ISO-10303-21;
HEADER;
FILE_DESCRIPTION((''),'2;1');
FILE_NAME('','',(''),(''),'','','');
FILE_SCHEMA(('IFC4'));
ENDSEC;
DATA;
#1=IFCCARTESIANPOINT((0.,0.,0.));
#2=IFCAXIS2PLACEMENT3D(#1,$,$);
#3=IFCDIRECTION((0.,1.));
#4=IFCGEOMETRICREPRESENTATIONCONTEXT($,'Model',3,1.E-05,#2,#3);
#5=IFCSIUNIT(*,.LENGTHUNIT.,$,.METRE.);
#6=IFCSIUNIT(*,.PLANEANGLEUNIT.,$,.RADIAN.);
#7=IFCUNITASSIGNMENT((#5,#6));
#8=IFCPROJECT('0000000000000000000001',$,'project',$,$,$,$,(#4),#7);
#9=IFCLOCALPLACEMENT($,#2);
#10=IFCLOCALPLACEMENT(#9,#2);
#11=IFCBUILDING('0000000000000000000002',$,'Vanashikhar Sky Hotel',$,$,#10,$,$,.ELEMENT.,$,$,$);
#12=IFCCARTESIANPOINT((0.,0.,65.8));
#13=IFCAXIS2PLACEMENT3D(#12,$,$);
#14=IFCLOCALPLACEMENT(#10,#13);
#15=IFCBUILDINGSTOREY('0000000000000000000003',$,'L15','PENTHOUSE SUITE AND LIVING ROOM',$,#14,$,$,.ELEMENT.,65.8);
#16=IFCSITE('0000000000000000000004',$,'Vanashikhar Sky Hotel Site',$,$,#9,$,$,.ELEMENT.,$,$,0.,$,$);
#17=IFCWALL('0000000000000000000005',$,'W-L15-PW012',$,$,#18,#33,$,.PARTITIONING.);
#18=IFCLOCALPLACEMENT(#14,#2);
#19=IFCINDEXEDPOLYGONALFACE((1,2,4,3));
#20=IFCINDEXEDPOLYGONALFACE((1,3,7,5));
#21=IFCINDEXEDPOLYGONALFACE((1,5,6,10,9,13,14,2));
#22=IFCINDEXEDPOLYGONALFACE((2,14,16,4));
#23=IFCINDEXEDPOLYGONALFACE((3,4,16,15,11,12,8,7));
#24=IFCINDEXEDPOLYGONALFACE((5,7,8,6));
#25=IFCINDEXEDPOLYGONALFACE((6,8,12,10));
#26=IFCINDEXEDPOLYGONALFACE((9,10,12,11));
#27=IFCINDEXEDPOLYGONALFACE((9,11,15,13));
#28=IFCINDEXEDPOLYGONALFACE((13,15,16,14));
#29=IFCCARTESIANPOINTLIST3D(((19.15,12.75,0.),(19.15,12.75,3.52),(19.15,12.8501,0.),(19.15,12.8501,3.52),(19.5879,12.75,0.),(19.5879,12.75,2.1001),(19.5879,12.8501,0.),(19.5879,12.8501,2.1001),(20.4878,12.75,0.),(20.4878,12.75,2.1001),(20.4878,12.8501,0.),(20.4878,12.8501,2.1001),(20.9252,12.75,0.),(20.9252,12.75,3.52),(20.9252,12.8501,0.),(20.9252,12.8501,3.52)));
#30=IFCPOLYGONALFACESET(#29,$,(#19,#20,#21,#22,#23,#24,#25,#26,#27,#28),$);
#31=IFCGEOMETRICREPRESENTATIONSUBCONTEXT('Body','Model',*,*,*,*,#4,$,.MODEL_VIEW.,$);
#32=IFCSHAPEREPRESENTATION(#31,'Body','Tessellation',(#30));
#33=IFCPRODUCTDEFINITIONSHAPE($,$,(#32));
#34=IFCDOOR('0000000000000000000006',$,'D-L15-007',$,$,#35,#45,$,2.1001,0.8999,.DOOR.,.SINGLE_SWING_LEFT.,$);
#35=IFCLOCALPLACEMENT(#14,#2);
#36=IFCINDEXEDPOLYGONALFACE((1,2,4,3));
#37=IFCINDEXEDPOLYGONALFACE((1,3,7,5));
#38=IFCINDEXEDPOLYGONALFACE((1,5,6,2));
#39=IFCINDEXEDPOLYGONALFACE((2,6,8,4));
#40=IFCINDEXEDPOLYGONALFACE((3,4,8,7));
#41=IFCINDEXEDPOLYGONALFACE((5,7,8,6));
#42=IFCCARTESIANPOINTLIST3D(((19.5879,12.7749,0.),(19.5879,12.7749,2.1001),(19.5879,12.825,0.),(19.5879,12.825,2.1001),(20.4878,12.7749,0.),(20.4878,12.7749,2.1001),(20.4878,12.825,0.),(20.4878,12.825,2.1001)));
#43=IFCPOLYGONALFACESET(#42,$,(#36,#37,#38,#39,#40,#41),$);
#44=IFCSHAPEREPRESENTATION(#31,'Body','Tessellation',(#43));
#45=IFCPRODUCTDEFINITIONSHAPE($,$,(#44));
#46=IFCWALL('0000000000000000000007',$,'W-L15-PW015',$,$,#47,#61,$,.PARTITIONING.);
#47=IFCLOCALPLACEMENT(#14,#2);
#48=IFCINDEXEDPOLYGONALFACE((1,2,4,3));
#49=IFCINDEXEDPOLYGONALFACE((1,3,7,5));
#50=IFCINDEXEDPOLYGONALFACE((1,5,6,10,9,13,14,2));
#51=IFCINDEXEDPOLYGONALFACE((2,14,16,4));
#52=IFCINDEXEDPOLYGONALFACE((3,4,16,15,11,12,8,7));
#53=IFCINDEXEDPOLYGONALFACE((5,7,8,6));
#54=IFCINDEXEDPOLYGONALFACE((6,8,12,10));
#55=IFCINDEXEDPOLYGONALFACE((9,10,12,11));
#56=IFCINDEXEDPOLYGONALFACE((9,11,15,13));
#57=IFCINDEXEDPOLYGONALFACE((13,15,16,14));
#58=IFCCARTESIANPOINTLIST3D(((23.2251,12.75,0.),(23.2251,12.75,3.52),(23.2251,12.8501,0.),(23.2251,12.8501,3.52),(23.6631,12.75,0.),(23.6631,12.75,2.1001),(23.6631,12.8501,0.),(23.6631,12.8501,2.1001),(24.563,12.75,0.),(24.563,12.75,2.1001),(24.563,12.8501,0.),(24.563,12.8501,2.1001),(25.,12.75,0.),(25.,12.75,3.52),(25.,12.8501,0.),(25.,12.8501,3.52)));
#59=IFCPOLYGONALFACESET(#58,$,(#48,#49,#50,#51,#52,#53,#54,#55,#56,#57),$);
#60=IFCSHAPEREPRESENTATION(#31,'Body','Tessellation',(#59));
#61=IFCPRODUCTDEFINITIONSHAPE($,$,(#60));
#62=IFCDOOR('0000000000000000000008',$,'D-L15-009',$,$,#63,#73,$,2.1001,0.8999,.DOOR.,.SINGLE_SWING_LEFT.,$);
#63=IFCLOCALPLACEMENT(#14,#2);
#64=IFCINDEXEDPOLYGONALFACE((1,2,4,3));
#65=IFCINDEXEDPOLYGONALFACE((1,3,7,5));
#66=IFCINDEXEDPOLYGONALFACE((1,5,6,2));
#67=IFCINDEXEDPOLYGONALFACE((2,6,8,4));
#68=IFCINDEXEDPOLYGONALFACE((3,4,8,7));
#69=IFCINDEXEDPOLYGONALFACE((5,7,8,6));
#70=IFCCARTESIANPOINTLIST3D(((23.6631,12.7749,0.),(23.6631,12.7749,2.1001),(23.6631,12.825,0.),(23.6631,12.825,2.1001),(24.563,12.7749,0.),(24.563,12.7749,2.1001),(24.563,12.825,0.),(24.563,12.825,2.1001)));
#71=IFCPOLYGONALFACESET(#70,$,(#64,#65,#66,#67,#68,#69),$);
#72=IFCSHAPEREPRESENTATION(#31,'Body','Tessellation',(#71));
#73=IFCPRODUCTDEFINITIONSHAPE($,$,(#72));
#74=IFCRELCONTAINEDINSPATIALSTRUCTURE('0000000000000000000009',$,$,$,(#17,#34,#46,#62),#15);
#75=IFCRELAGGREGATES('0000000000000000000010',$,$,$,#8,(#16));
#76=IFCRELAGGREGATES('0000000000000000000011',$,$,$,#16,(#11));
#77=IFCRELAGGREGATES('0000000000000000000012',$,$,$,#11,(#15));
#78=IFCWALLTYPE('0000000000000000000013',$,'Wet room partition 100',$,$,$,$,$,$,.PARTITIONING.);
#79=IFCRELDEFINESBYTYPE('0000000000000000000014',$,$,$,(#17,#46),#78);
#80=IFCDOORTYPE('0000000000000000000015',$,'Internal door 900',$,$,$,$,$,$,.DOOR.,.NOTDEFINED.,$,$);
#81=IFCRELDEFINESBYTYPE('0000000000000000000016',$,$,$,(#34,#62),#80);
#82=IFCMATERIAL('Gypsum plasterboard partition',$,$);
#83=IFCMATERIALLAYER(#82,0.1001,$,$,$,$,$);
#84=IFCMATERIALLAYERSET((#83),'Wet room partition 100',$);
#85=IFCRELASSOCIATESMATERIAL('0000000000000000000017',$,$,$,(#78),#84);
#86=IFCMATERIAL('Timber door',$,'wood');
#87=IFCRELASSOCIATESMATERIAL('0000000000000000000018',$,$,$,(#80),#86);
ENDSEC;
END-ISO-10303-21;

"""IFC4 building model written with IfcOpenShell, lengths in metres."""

from ifc_helpers import new_model, si_unit, direction, frame, frame_2d, origin, place, context, subcontext, project, spatial, rectangle, extrude, source, transform, mapped, material, layer, layer_set, type_object, element, fill, save


model = new_model("IFC4")

# Units and contexts
model_context = context("Model", 3, precision=1e-05, world=origin(), true_north=direction((0.0, 1.0)))
body_context = subcontext(model_context, "Body", "Model", "MODEL_VIEW")
ifc_project = project(units=[si_unit("LENGTHUNIT", "METRE"), si_unit("PLANEANGLEUNIT", "RADIAN")], contexts=[model_context])

# Site, building, storey
site_placement = place(None, origin())
site = spatial("IfcSite", under=ifc_project, at=site_placement, Name="Vanashikhar Sky Hotel Site", CompositionType="ELEMENT", RefElevation=0.0)
building_placement = place(site_placement, origin())
building = spatial("IfcBuilding", under=site, at=building_placement, Name="Vanashikhar Sky Hotel", CompositionType="ELEMENT")
storey_placement = place(building_placement, frame((0.0, 0.0, 65.8)))
storey = spatial("IfcBuildingStorey", under=building, at=storey_placement, Name="L15", Description="PENTHOUSE SUITE AND LIVING ROOM", CompositionType="ELEMENT", Elevation=65.8)

# Shared definitions
ifc_material_1 = material(Name="Gypsum plasterboard partition")
ifc_layer_1 = layer(ifc_material_1, 0.1001)
ifc_layer_set_1 = layer_set([ifc_layer_1], Name="Wet room partition 100")
wall_type_1 = type_object("IfcWallType", Name="Wet room partition 100", PredefinedType="PARTITIONING", material=ifc_layer_set_1)
shared_shape_1 = source(origin(), body_context, "Body", "SweptSolid", [
    extrude(rectangle(XDim=0.8999, YDim=2.1001, at=frame_2d((0.45, 1.05))), frame((0.0, 0.0601, 0.0), z_axis=(0.0, -1.0, 0.0), x_axis=(1.0, 0.0, 0.0)), (0.0, 0.0, 1.0), 0.1201),
])
ifc_material_2 = material(Name="Timber door", Category="wood")
door_type_1 = type_object("IfcDoorType", Name="Internal door 900", OperationType="NOTDEFINED", PredefinedType="DOOR", material=ifc_material_2)
shared_shape_2 = source(origin(), body_context, "Body", "SweptSolid", [
    extrude(rectangle(XDim=0.8999, YDim=2.1001, at=frame_2d((0.45, 1.05))), frame((0.0, 0.0249, 0.0), z_axis=(0.0, -1.0, 0.0), x_axis=(1.0, 0.0, 0.0)), (0.0, 0.0, 1.0), 0.05),
])

# Walls, openings, doors
shared_shape_3 = source(origin(), body_context, "Body", "SweptSolid", [
    extrude(rectangle(XDim=1.7751, YDim=0.1001, at=frame_2d((0.8877, 0.0))), origin(), (0.0, 0.0, 1.0), 3.52),
])
wall_1_placement = place(storey_placement, frame((19.1499, 12.8, 0.0), z_axis=(0.0, 0.0, 1.0), x_axis=(1.0, 0.0, 0.0)))
wall_1 = element("IfcWall", 1, at=wall_1_placement, inside=storey, type_object=wall_type_1, Name="W-L15-PW012", PredefinedType="PARTITIONING", context=body_context, shape_type="MappedRepresentation", body=[
    mapped(shared_shape_3, transform((0.0, 0.0, 0.0), scale=1.0)),
])
opening_1_placement = place(wall_1_placement, frame((0.438, 0.0, 0.0)))
opening_1 = element("IfcOpeningElement", 2, at=opening_1_placement, cuts=wall_1, PredefinedType="OPENING", context=body_context, shape_type="MappedRepresentation", body=[
    mapped(shared_shape_1, transform((0.0, 0.0, 0.0), scale=1.0)),
])
door_1_placement = place(opening_1_placement, origin())
door_1 = element("IfcDoor", 3, at=door_1_placement, inside=storey, type_object=door_type_1, Name="D-L15-007", OperationType="SINGLE_SWING_LEFT", OverallHeight=2.1001, OverallWidth=0.8999, PredefinedType="DOOR", context=body_context, shape_type="MappedRepresentation", body=[
    mapped(shared_shape_2, transform((0.0, 0.0, 0.0), scale=1.0)),
])
fill(opening_1, door_1)
shared_shape_4 = source(origin(), body_context, "Body", "SweptSolid", [
    extrude(rectangle(XDim=1.7749, YDim=0.1001, at=frame_2d((0.8875, 0.0))), origin(), (0.0, 0.0, 1.0), 3.52),
])
wall_2_placement = place(storey_placement, frame((23.2251, 12.8, 0.0), z_axis=(0.0, 0.0, 1.0), x_axis=(1.0, 0.0, 0.0)))
wall_2 = element("IfcWall", 4, at=wall_2_placement, inside=storey, type_object=wall_type_1, Name="W-L15-PW015", PredefinedType="PARTITIONING", context=body_context, shape_type="MappedRepresentation", body=[
    mapped(shared_shape_4, transform((0.0, 0.0, 0.0), scale=1.0)),
])
opening_2_placement = place(wall_2_placement, frame((0.438, 0.0, 0.0)))
opening_2 = element("IfcOpeningElement", 5, at=opening_2_placement, cuts=wall_2, PredefinedType="OPENING", context=body_context, shape_type="MappedRepresentation", body=[
    mapped(shared_shape_1, transform((0.0, 0.0, 0.0), scale=1.0)),
])
door_2_placement = place(opening_2_placement, origin())
door_2 = element("IfcDoor", 6, at=door_2_placement, inside=storey, type_object=door_type_1, Name="D-L15-009", OperationType="SINGLE_SWING_LEFT", OverallHeight=2.1001, OverallWidth=0.8999, PredefinedType="DOOR", context=body_context, shape_type="MappedRepresentation", body=[
    mapped(shared_shape_2, transform((0.0, 0.0, 0.0), scale=1.0)),
])
fill(opening_2, door_2)

save(model, "model.ifc")
